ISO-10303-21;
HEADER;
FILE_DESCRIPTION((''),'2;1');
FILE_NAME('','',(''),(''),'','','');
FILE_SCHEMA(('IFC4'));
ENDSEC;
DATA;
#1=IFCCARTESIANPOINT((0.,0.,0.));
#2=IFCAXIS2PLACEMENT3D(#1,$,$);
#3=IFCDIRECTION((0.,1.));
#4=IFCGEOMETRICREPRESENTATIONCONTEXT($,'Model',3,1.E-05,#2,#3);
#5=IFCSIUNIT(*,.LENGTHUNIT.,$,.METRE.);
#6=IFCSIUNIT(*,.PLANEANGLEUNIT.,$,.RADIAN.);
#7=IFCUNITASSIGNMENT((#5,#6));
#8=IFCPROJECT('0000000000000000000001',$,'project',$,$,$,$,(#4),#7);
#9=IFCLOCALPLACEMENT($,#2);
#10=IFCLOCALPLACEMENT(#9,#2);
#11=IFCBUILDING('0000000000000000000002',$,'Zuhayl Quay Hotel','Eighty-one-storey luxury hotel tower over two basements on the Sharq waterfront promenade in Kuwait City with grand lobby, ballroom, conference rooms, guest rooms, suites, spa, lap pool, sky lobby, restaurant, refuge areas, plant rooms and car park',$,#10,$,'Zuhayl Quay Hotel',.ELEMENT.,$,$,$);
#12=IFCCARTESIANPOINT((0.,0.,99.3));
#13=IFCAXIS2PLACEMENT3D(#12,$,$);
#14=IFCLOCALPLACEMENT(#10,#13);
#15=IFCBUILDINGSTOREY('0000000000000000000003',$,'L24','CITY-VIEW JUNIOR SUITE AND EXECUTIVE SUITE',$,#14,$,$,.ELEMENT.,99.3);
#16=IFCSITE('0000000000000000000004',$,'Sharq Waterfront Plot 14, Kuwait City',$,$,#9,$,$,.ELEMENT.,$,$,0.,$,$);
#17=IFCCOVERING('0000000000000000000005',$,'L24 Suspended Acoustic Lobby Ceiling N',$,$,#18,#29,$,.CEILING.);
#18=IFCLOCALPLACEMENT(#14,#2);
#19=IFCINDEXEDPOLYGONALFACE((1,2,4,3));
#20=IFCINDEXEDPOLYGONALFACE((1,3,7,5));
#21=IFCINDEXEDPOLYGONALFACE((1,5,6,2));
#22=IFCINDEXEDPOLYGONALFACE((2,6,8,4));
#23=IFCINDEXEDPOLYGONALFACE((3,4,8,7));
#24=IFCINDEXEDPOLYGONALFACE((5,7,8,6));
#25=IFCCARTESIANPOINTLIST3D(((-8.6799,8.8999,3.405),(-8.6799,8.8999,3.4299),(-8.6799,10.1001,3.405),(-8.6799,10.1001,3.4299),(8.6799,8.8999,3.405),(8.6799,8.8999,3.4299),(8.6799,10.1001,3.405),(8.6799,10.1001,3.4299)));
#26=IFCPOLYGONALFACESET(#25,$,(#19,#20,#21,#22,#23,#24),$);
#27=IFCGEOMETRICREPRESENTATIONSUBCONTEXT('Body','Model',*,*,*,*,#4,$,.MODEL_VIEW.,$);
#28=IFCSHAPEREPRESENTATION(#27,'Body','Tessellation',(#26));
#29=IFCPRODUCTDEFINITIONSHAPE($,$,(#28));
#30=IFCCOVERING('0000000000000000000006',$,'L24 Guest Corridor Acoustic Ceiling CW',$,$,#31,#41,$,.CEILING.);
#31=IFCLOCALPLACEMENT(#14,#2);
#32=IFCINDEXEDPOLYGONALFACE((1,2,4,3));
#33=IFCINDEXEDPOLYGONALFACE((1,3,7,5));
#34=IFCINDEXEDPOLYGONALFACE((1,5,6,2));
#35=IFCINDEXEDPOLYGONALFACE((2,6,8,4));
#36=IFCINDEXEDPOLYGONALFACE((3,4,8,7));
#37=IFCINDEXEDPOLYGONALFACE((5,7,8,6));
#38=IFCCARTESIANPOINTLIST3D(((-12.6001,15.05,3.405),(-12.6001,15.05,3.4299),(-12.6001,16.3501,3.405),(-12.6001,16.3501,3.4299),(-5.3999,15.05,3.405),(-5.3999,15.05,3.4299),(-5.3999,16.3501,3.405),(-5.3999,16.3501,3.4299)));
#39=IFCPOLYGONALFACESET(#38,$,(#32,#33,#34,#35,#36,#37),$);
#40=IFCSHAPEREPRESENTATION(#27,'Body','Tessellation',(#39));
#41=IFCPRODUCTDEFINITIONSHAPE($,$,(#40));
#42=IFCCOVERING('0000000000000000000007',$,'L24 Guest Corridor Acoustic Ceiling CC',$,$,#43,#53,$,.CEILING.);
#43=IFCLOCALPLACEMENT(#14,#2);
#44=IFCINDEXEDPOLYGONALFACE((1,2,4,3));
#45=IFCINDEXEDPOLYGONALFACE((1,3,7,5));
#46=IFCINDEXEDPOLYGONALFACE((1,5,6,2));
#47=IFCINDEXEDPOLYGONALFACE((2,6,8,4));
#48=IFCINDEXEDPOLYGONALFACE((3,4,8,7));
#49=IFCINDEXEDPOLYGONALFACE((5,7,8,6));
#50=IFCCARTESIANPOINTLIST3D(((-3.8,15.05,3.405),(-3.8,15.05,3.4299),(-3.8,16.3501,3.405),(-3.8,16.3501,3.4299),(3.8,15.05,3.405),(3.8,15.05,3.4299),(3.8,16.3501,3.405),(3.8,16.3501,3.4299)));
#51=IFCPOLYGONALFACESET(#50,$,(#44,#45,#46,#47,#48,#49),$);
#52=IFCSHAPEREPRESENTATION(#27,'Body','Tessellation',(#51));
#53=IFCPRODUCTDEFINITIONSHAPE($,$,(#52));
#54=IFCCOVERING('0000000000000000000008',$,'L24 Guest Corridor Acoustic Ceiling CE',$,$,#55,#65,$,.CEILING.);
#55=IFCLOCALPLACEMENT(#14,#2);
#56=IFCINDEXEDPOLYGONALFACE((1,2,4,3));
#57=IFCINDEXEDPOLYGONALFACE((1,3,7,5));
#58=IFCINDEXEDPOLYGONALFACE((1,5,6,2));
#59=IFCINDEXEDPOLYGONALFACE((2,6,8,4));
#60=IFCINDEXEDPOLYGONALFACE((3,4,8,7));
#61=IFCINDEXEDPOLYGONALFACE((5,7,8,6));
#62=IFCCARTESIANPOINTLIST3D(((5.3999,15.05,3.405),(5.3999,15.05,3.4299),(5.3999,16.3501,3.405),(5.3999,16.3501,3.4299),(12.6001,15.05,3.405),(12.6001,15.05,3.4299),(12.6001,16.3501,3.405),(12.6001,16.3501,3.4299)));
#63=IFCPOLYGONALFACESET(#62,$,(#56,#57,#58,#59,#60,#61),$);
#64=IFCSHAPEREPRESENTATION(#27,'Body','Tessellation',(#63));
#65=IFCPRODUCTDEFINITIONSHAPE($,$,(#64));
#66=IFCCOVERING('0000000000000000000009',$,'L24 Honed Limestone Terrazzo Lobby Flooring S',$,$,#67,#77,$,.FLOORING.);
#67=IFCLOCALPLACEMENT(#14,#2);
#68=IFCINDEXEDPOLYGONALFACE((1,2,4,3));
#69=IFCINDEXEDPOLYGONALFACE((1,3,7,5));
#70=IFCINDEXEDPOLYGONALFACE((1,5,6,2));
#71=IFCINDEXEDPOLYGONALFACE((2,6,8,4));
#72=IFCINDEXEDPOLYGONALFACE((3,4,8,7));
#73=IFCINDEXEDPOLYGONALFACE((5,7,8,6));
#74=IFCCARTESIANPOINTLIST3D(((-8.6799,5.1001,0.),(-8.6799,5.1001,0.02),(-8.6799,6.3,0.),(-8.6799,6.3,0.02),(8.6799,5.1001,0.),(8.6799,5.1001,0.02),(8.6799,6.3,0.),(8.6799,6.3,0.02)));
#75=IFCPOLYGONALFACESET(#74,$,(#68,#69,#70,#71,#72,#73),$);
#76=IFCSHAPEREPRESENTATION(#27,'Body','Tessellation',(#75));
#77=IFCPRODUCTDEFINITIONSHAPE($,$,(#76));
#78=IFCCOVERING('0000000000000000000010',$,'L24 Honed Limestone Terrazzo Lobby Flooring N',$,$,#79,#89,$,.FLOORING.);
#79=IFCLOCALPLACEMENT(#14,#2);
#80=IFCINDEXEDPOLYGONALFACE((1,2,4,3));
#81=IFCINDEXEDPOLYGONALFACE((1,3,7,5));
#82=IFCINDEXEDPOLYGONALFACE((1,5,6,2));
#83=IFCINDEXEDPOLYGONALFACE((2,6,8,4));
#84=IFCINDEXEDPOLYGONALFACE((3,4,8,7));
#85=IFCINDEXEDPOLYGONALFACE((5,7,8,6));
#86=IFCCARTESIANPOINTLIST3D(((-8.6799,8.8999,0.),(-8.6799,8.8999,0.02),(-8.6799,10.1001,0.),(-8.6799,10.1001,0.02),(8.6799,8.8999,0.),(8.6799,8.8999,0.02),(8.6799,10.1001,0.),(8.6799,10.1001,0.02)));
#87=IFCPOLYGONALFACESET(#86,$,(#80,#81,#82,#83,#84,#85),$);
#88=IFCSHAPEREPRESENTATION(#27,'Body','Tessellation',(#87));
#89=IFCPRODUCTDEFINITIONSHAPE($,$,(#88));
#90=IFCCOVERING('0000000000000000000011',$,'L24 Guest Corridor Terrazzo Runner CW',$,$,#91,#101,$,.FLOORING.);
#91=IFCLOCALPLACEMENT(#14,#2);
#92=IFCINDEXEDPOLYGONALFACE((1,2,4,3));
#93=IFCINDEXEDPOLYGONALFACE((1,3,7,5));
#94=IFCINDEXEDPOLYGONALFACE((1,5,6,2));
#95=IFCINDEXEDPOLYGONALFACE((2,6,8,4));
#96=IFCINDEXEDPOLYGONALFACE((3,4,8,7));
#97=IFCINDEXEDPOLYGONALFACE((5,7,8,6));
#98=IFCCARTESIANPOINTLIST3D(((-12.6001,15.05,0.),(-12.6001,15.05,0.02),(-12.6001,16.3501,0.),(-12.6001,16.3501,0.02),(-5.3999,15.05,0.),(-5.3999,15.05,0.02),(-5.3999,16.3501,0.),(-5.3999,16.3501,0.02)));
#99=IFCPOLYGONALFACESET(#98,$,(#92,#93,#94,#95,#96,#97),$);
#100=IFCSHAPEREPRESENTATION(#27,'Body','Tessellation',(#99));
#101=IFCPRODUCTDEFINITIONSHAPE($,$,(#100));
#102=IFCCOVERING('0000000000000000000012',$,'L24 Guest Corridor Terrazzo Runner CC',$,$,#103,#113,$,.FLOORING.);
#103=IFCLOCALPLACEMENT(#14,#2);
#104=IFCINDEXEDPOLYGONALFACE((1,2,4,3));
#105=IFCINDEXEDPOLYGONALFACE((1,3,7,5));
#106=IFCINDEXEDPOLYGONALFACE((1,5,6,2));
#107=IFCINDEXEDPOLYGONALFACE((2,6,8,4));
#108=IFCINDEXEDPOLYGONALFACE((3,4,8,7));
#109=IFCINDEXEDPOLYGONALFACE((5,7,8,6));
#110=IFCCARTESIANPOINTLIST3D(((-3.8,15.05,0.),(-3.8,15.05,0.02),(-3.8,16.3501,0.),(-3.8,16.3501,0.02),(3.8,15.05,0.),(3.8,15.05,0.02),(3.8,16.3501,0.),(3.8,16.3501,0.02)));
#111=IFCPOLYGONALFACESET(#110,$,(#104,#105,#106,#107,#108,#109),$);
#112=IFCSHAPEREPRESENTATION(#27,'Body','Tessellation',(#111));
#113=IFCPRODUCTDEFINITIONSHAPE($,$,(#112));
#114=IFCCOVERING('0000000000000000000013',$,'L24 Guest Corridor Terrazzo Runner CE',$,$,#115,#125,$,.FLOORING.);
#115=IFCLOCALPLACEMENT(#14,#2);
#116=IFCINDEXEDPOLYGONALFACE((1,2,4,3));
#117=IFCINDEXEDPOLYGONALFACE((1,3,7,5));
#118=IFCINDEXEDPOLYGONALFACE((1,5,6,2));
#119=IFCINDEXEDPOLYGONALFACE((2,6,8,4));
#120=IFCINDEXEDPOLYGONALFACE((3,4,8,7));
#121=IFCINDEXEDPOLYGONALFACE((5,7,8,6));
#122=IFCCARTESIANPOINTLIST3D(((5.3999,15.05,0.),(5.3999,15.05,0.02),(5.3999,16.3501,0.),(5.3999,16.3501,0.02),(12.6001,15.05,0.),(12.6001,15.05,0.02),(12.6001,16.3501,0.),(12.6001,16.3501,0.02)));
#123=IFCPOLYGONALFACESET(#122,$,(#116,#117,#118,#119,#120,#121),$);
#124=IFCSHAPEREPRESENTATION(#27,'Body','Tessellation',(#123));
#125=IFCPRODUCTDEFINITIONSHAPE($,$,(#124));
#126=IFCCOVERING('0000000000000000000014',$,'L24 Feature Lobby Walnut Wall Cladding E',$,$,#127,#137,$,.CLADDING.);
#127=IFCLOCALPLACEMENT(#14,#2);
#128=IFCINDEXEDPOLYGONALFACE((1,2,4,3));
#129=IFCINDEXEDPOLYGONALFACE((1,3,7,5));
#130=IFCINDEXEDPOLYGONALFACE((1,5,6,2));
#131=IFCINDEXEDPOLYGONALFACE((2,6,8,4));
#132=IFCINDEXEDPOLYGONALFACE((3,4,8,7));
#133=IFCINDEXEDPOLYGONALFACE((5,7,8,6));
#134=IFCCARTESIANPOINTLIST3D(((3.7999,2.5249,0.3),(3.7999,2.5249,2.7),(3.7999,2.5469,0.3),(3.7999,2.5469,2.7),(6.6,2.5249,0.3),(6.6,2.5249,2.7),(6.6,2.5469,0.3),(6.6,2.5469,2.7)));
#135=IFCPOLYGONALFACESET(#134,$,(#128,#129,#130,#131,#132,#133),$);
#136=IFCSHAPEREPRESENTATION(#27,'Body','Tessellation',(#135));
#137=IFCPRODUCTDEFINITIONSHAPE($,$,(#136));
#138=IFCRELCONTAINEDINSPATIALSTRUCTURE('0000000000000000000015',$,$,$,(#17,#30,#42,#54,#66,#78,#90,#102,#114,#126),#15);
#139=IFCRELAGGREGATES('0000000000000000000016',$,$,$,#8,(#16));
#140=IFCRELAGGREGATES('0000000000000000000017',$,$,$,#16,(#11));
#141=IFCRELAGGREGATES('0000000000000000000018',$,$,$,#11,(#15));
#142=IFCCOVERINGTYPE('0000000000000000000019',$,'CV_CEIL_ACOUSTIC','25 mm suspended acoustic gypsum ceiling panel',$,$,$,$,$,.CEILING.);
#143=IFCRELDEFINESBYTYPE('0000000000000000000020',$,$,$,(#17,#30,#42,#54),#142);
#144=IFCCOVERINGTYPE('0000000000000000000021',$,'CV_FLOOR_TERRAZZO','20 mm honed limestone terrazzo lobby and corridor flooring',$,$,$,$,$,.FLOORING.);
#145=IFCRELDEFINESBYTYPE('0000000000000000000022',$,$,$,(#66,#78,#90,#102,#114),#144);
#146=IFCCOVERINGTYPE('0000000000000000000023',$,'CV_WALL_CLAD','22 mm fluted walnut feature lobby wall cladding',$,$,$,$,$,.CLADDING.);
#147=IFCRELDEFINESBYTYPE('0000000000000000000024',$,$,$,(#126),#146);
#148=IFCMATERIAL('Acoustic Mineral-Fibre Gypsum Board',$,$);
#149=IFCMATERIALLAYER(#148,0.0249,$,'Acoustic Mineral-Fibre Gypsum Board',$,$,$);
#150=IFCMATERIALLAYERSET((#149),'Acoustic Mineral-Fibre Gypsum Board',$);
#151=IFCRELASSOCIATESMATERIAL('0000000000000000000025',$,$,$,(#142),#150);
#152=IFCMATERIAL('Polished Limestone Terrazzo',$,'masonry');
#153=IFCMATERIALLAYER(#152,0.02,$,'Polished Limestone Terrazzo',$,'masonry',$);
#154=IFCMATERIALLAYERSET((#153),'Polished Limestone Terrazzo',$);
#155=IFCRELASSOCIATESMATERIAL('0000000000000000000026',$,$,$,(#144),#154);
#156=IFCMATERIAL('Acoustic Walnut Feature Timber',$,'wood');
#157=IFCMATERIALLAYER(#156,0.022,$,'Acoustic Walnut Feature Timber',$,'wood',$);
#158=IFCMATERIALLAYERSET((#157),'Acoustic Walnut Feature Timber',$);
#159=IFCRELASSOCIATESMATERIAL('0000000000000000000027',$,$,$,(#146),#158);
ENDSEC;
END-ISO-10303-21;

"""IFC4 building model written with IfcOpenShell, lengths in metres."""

from ifc_helpers import new_model, si_unit, direction, frame, origin, origin_2d, place, context, subcontext, project, spatial, polyline, rectangle, outline, extrude, material, layer, layer_set, type_object, element, save


model = new_model("IFC4")

# Units and contexts
model_context = context("Model", 3, precision=1e-05, world=origin(), true_north=direction((0.0, 1.0)))
body_context = subcontext(model_context, "Body", "Model", "MODEL_VIEW")
ifc_project = project(units=[si_unit("LENGTHUNIT", "METRE"), si_unit("PLANEANGLEUNIT", "RADIAN")], contexts=[model_context])

# Site, building, storey
site_placement = place(None, origin())
site = spatial("IfcSite", under=ifc_project, at=site_placement, Name="Sharq Waterfront Plot 14, Kuwait City", CompositionType="ELEMENT", RefElevation=0.0)
building_placement = place(site_placement, origin())
building = spatial("IfcBuilding", under=site, at=building_placement, Name="Zuhayl Quay Hotel", Description="Eighty-one-storey luxury hotel tower over two basements on the Sharq waterfront promenade in Kuwait City with grand lobby, ballroom, conference rooms, guest rooms, suites, spa, lap pool, sky lobby, restaurant, refuge areas, plant rooms and car park", LongName="Zuhayl Quay Hotel", CompositionType="ELEMENT")
storey_placement = place(building_placement, frame((0.0, 0.0, 99.3)))
storey = spatial("IfcBuildingStorey", under=building, at=storey_placement, Name="L24", Description="CITY-VIEW JUNIOR SUITE AND EXECUTIVE SUITE", CompositionType="ELEMENT", Elevation=99.3)

# Coverings
ifc_material_1 = material(Name="Acoustic Mineral-Fibre Gypsum Board")
ifc_layer_1 = layer(ifc_material_1, 0.0249, Name="Acoustic Mineral-Fibre Gypsum Board")
ifc_layer_set_1 = layer_set([ifc_layer_1], Name="Acoustic Mineral-Fibre Gypsum Board")
covering_type_1 = type_object("IfcCoveringType", Name="CV_CEIL_ACOUSTIC", Description="25 mm suspended acoustic gypsum ceiling panel", PredefinedType="CEILING", material=ifc_layer_set_1)
covering_1_placement = place(storey_placement, frame((0.0, 0.0, 3.405)))
element("IfcCovering", 1, at=covering_1_placement, inside=storey, type_object=covering_type_1, Name="L24 Suspended Acoustic Lobby Ceiling N", PredefinedType="CEILING", context=body_context, shape_type="SweptSolid", body=[
    extrude(outline(polyline([(-8.6799, 8.8999), (8.6799, 8.8999), (8.6799, 10.1001), (-8.6799, 10.1001), (-8.6799, 8.8999)])), origin(), (0.0, 0.0, 1.0), 0.0249),
])
covering_2_placement = place(storey_placement, frame((0.0, 0.0, 3.405)))
element("IfcCovering", 2, at=covering_2_placement, inside=storey, type_object=covering_type_1, Name="L24 Guest Corridor Acoustic Ceiling CW", PredefinedType="CEILING", context=body_context, shape_type="SweptSolid", body=[
    extrude(outline(polyline([(-12.6001, 15.05), (-5.3999, 15.05), (-5.3999, 16.3501), (-12.6001, 16.3501), (-12.6001, 15.05)])), origin(), (0.0, 0.0, 1.0), 0.0249),
])
covering_3_placement = place(storey_placement, frame((0.0, 0.0, 3.405)))
element("IfcCovering", 3, at=covering_3_placement, inside=storey, type_object=covering_type_1, Name="L24 Guest Corridor Acoustic Ceiling CC", PredefinedType="CEILING", context=body_context, shape_type="SweptSolid", body=[
    extrude(outline(polyline([(-3.8, 15.05), (3.8, 15.05), (3.8, 16.3501), (-3.8, 16.3501), (-3.8, 15.05)])), origin(), (0.0, 0.0, 1.0), 0.0249),
])
covering_4_placement = place(storey_placement, frame((0.0, 0.0, 3.405)))
element("IfcCovering", 4, at=covering_4_placement, inside=storey, type_object=covering_type_1, Name="L24 Guest Corridor Acoustic Ceiling CE", PredefinedType="CEILING", context=body_context, shape_type="SweptSolid", body=[
    extrude(outline(polyline([(5.3999, 15.05), (12.6001, 15.05), (12.6001, 16.3501), (5.3999, 16.3501), (5.3999, 15.05)])), origin(), (0.0, 0.0, 1.0), 0.0249),
])
ifc_material_2 = material(Name="Polished Limestone Terrazzo", Category="masonry")
ifc_layer_2 = layer(ifc_material_2, 0.02, Name="Polished Limestone Terrazzo", Category="masonry")
ifc_layer_set_2 = layer_set([ifc_layer_2], Name="Polished Limestone Terrazzo")
covering_type_2 = type_object("IfcCoveringType", Name="CV_FLOOR_TERRAZZO", Description="20 mm honed limestone terrazzo lobby and corridor flooring", PredefinedType="FLOORING", material=ifc_layer_set_2)
covering_5_placement = place(storey_placement, origin())
element("IfcCovering", 5, at=covering_5_placement, inside=storey, type_object=covering_type_2, Name="L24 Honed Limestone Terrazzo Lobby Flooring S", PredefinedType="FLOORING", context=body_context, shape_type="SweptSolid", body=[
    extrude(outline(polyline([(-8.6799, 5.1001), (8.6799, 5.1001), (8.6799, 6.3), (-8.6799, 6.3), (-8.6799, 5.1001)])), origin(), (0.0, 0.0, 1.0), 0.02),
])
covering_6_placement = place(storey_placement, origin())
element("IfcCovering", 6, at=covering_6_placement, inside=storey, type_object=covering_type_2, Name="L24 Honed Limestone Terrazzo Lobby Flooring N", PredefinedType="FLOORING", context=body_context, shape_type="SweptSolid", body=[
    extrude(outline(polyline([(-8.6799, 8.8999), (8.6799, 8.8999), (8.6799, 10.1001), (-8.6799, 10.1001), (-8.6799, 8.8999)])), origin(), (0.0, 0.0, 1.0), 0.02),
])
covering_7_placement = place(storey_placement, origin())
element("IfcCovering", 7, at=covering_7_placement, inside=storey, type_object=covering_type_2, Name="L24 Guest Corridor Terrazzo Runner CW", PredefinedType="FLOORING", context=body_context, shape_type="SweptSolid", body=[
    extrude(outline(polyline([(-12.6001, 15.05), (-5.3999, 15.05), (-5.3999, 16.3501), (-12.6001, 16.3501), (-12.6001, 15.05)])), origin(), (0.0, 0.0, 1.0), 0.02),
])
covering_8_placement = place(storey_placement, origin())
element("IfcCovering", 8, at=covering_8_placement, inside=storey, type_object=covering_type_2, Name="L24 Guest Corridor Terrazzo Runner CC", PredefinedType="FLOORING", context=body_context, shape_type="SweptSolid", body=[
    extrude(outline(polyline([(-3.8, 15.05), (3.8, 15.05), (3.8, 16.3501), (-3.8, 16.3501), (-3.8, 15.05)])), origin(), (0.0, 0.0, 1.0), 0.02),
])
covering_9_placement = place(storey_placement, origin())
element("IfcCovering", 9, at=covering_9_placement, inside=storey, type_object=covering_type_2, Name="L24 Guest Corridor Terrazzo Runner CE", PredefinedType="FLOORING", context=body_context, shape_type="SweptSolid", body=[
    extrude(outline(polyline([(5.3999, 15.05), (12.6001, 15.05), (12.6001, 16.3501), (5.3999, 16.3501), (5.3999, 15.05)])), origin(), (0.0, 0.0, 1.0), 0.02),
])
ifc_material_3 = material(Name="Acoustic Walnut Feature Timber", Category="wood")
ifc_layer_3 = layer(ifc_material_3, 0.022, Name="Acoustic Walnut Feature Timber", Category="wood")
ifc_layer_set_3 = layer_set([ifc_layer_3], Name="Acoustic Walnut Feature Timber")
covering_type_3 = type_object("IfcCoveringType", Name="CV_WALL_CLAD", Description="22 mm fluted walnut feature lobby wall cladding", PredefinedType="CLADDING", material=ifc_layer_set_3)
covering_10_placement = place(storey_placement, frame((5.2, 2.5359, 0.3), z_axis=(0.0, 0.0, 1.0), x_axis=(1.0, 0.0, 0.0)))
element("IfcCovering", 10, at=covering_10_placement, inside=storey, type_object=covering_type_3, Name="L24 Feature Lobby Walnut Wall Cladding E", PredefinedType="CLADDING", context=body_context, shape_type="SweptSolid", body=[
    extrude(rectangle(XDim=2.8, YDim=0.022, at=origin_2d()), origin(), (0.0, 0.0, 1.0), 2.3999),
])

save(model, "model.ifc")
